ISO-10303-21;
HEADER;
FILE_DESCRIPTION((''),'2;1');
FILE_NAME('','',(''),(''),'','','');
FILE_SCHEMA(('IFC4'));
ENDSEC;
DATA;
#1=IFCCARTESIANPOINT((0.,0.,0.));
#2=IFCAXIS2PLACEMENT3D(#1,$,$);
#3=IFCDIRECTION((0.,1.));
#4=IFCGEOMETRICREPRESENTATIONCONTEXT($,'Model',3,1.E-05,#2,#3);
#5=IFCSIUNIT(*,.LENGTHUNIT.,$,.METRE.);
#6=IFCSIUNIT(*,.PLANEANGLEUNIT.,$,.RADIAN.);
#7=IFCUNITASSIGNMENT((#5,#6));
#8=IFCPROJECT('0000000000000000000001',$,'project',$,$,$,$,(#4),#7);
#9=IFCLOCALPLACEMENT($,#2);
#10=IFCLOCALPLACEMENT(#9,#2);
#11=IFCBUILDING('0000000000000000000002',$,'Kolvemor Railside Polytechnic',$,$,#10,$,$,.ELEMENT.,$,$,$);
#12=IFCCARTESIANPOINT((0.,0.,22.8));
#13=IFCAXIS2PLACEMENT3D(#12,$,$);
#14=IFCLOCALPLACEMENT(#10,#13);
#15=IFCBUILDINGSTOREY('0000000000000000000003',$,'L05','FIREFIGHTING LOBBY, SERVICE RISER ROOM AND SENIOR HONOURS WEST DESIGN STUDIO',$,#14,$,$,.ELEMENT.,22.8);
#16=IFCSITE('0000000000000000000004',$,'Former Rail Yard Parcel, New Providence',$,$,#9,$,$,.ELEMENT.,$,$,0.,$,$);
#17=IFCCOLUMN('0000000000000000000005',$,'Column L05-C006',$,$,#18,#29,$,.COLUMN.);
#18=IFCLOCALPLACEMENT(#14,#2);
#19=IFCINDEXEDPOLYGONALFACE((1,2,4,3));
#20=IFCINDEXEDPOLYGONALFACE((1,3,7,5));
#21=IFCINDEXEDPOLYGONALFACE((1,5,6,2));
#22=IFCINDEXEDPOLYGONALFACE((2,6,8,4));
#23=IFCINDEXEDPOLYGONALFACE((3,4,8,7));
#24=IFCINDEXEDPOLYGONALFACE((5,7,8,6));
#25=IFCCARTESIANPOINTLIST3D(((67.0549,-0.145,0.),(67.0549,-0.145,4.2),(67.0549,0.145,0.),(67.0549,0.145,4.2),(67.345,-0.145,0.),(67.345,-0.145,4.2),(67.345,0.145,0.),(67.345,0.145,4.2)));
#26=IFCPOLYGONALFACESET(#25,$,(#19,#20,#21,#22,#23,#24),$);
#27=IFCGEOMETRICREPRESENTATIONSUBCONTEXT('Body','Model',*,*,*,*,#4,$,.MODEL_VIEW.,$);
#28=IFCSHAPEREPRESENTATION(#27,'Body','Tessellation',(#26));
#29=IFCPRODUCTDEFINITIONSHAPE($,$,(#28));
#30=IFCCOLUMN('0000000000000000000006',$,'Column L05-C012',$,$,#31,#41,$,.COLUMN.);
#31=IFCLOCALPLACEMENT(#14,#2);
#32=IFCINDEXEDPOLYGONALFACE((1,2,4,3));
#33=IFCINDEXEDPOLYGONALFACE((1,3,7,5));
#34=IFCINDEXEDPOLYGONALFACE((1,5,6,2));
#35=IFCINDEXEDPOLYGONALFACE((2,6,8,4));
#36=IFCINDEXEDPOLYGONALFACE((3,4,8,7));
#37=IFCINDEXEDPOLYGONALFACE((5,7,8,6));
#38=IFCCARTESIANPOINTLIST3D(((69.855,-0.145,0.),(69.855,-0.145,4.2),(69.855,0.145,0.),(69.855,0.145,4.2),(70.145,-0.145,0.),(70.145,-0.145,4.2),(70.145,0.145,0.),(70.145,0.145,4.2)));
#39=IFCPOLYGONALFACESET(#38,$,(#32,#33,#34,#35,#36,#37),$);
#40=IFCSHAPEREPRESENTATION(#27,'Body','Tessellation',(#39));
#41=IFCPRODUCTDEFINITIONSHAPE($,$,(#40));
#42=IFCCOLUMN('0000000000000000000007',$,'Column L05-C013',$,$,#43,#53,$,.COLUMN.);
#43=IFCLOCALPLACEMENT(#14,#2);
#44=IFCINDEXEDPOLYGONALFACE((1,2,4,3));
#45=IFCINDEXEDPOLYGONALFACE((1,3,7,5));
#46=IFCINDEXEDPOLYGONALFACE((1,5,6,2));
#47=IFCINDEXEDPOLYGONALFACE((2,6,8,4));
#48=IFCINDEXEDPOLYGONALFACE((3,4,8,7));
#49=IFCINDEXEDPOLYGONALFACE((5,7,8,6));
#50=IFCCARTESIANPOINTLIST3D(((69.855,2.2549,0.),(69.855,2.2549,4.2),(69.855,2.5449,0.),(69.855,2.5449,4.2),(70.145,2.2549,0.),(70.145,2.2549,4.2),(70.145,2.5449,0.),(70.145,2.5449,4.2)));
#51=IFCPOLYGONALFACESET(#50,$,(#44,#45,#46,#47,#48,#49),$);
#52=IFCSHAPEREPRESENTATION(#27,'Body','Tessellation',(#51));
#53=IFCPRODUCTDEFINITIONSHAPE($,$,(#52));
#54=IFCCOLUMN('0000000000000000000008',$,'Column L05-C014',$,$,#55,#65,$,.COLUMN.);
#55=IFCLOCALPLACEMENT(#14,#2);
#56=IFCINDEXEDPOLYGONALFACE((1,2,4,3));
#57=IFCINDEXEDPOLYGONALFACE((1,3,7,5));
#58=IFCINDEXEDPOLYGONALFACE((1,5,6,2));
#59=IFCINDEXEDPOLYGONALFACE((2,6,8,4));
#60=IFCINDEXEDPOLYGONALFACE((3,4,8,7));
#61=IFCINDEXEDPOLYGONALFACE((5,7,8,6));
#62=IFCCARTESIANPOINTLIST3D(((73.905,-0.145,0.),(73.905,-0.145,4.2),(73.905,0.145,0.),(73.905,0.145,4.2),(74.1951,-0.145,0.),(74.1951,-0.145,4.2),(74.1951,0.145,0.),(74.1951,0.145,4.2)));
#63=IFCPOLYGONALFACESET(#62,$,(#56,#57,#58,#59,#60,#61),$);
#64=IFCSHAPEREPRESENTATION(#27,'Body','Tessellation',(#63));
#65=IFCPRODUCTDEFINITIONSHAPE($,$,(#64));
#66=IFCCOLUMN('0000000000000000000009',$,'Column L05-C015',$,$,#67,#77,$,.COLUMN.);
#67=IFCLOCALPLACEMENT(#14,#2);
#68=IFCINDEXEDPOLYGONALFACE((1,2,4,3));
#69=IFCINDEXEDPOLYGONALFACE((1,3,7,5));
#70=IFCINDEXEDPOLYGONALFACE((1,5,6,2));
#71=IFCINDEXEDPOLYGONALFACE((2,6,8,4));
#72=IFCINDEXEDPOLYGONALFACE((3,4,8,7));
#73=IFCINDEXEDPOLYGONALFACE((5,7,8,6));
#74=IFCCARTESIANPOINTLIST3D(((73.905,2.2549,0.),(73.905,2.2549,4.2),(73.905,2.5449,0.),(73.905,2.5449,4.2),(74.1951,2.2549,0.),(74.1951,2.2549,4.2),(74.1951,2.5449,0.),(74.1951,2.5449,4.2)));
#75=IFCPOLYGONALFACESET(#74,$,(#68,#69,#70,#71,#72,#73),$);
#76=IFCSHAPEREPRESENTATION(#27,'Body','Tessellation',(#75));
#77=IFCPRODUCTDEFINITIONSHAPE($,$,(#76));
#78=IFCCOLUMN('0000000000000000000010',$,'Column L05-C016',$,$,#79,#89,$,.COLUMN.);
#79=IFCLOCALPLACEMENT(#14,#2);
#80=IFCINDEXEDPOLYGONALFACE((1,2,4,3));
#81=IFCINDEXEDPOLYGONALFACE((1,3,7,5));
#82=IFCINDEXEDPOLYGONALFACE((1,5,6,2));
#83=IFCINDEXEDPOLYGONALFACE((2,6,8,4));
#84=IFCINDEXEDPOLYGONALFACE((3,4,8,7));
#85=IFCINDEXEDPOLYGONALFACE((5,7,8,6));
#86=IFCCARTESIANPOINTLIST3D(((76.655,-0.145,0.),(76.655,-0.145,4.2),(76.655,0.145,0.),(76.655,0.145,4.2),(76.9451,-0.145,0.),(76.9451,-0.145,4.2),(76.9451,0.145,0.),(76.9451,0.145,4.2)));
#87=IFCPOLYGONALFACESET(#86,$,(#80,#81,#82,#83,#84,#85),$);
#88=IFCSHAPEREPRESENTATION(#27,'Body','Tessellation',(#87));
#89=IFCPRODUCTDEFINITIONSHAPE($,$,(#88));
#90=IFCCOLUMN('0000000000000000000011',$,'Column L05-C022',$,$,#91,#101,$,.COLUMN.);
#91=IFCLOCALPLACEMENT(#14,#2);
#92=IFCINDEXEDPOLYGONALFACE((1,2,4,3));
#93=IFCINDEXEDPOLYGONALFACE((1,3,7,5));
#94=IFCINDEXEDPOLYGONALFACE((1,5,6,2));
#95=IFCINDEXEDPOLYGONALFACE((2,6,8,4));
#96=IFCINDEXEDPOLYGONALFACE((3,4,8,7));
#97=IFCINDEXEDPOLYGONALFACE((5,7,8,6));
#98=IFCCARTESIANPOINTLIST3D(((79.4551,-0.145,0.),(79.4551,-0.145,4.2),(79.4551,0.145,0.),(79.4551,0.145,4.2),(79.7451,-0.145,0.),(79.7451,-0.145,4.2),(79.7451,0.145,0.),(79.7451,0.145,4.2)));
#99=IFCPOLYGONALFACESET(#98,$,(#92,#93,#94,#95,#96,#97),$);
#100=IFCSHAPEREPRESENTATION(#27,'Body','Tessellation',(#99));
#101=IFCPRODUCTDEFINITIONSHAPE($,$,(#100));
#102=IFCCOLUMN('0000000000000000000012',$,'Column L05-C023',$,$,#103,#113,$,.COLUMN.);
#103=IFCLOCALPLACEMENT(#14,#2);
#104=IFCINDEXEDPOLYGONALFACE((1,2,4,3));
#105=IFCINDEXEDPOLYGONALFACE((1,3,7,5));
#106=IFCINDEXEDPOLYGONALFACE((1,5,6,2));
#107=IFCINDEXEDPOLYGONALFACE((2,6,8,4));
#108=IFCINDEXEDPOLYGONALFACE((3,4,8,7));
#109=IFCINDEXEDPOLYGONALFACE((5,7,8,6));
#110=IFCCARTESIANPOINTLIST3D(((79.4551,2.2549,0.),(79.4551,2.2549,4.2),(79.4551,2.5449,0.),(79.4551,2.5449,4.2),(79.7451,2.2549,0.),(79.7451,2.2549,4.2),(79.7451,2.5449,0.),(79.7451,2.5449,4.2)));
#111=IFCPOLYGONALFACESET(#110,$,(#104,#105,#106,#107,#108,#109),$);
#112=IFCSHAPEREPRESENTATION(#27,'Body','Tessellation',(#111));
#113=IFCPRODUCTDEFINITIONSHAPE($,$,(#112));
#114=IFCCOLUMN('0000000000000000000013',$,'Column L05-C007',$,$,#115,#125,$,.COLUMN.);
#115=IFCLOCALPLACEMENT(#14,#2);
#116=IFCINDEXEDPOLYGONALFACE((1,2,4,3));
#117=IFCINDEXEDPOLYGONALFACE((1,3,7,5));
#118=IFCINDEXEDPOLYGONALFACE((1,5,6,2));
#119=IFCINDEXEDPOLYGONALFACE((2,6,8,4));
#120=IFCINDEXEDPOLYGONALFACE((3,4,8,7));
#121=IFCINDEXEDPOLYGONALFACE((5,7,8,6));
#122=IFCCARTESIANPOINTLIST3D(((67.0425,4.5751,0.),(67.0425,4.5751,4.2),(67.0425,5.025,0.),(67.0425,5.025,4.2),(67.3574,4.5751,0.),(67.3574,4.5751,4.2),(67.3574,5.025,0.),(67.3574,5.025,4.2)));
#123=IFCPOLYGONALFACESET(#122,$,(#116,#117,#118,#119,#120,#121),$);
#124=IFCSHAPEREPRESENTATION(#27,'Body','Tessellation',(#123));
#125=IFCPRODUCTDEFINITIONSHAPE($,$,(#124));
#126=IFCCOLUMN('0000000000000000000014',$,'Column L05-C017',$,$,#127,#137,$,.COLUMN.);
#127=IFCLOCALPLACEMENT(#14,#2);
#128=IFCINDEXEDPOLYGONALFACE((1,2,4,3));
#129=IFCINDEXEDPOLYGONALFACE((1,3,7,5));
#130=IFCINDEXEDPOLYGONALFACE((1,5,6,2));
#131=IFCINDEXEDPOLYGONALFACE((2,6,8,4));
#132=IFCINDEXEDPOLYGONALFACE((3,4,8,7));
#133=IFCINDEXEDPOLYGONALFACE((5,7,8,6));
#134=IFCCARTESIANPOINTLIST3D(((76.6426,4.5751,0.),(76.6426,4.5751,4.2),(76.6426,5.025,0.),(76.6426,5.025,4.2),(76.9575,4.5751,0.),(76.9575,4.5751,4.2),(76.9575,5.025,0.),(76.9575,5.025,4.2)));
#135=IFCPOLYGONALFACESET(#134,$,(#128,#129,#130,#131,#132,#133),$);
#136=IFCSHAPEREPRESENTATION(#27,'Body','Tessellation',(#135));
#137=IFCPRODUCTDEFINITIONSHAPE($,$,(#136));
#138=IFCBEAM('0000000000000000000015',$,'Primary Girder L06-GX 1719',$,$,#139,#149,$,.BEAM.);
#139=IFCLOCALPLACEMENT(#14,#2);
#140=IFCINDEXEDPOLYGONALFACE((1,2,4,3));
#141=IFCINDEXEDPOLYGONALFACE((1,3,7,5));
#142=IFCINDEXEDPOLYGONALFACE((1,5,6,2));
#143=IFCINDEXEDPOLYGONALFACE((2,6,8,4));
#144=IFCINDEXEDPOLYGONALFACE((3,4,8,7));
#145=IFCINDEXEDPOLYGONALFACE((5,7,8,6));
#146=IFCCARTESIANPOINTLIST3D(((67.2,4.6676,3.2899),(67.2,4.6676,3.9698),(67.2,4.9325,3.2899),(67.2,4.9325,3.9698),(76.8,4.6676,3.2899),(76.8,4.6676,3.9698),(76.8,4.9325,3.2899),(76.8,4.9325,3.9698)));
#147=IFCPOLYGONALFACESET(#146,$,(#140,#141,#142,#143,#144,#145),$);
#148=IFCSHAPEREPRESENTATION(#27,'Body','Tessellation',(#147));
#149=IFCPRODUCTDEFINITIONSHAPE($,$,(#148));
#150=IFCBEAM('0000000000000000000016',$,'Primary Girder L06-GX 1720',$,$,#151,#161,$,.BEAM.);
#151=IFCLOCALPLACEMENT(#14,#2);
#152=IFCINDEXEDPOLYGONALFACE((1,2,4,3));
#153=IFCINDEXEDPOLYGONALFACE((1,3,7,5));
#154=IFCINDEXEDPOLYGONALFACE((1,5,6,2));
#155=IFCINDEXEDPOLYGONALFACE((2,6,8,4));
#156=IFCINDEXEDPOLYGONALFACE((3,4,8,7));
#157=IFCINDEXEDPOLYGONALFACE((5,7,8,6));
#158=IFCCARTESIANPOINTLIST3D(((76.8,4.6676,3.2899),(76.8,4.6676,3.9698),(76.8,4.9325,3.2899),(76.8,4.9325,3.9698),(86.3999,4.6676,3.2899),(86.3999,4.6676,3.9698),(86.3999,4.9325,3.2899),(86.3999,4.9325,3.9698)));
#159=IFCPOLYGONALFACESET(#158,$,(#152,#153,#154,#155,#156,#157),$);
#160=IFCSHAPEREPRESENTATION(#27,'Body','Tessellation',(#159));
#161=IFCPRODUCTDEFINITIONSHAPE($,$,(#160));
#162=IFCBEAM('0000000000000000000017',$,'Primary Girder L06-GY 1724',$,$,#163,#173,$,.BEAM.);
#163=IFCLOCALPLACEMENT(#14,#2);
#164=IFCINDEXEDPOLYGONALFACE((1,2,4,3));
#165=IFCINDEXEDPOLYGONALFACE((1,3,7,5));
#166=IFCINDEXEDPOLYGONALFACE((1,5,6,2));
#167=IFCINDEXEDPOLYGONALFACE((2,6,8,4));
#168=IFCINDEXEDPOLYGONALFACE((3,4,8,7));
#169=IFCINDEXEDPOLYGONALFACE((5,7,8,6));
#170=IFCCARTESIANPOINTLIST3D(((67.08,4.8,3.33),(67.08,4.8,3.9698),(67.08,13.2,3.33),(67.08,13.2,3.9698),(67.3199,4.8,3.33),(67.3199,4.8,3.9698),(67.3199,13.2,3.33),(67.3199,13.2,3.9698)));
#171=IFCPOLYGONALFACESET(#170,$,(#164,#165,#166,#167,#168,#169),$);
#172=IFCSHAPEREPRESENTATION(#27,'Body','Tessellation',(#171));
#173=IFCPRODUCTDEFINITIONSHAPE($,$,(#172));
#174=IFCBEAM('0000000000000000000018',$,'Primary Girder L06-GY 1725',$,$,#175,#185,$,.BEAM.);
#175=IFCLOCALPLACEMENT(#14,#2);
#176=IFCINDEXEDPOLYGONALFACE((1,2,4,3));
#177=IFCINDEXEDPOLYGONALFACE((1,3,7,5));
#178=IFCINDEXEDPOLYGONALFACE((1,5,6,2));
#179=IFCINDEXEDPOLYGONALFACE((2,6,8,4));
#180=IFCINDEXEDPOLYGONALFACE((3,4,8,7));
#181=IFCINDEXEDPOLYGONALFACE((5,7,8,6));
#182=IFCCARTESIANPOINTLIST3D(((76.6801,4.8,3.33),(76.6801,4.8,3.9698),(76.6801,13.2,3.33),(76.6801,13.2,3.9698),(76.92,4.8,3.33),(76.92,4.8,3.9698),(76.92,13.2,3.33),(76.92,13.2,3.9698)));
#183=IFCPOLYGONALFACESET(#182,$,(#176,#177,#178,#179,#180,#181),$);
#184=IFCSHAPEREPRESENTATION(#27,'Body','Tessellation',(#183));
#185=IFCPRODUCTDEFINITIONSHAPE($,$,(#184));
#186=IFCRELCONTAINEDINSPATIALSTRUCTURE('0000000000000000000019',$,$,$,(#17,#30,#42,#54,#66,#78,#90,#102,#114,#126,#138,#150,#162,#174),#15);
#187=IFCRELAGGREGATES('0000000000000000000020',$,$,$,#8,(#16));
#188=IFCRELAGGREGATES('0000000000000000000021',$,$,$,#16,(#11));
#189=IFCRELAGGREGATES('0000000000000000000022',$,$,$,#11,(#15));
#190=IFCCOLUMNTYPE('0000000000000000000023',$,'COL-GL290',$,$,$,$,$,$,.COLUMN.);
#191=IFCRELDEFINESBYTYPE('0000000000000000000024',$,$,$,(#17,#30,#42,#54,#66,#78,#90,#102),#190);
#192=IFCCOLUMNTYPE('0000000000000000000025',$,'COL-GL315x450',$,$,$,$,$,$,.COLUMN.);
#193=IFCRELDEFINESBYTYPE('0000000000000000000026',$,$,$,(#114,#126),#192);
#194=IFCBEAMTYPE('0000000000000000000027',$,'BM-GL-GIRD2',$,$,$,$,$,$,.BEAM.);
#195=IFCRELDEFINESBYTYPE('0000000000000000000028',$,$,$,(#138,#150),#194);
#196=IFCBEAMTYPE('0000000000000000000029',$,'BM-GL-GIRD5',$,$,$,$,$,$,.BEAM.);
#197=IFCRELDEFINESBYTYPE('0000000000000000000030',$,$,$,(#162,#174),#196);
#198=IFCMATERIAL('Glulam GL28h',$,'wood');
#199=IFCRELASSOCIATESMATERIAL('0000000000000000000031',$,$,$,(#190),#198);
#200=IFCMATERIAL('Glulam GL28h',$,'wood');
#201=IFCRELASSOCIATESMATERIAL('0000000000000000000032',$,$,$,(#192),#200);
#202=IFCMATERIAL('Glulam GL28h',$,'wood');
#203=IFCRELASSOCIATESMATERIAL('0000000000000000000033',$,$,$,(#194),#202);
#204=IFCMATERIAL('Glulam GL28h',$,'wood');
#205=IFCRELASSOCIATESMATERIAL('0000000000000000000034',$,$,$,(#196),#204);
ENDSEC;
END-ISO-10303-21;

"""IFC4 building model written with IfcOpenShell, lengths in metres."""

from ifc_helpers import new_model, si_unit, direction, frame, origin, origin_2d, place, context, subcontext, project, spatial, rectangle, extrude, material, material_profile, profile_set, type_object, element, save


model = new_model("IFC4")

# Units and contexts
model_context = context("Model", 3, precision=1e-05, world=origin(), true_north=direction((0.0, 1.0)))
body_context = subcontext(model_context, "Body", "Model", "MODEL_VIEW")
ifc_project = project(units=[si_unit("LENGTHUNIT", "METRE"), si_unit("PLANEANGLEUNIT", "RADIAN")], contexts=[model_context])

# Site, building, storey
site_placement = place(None, origin())
site = spatial("IfcSite", under=ifc_project, at=site_placement, Name="Former Rail Yard Parcel, New Providence", CompositionType="ELEMENT", RefElevation=0.0)
building_placement = place(site_placement, origin())
building = spatial("IfcBuilding", under=site, at=building_placement, Name="Kolvemor Railside Polytechnic", CompositionType="ELEMENT")
storey_placement = place(building_placement, frame((0.0, 0.0, 22.8)))
storey = spatial("IfcBuildingStorey", under=building, at=storey_placement, Name="L05", Description="FIREFIGHTING LOBBY, SERVICE RISER ROOM AND SENIOR HONOURS WEST DESIGN STUDIO", CompositionType="ELEMENT", Elevation=22.8)

# Columns
ifc_material_1 = material(Name="Glulam GL28h", Category="wood")
ifc_material_profile_1 = material_profile(ifc_material_1, rectangle(XDim=0.29, YDim=0.29, at=origin_2d()), Name="GL290x290")
ifc_profile_set_1 = profile_set([ifc_material_profile_1], Name="Glulam GL28h")
column_type_1 = type_object("IfcColumnType", Name="COL-GL290", PredefinedType="COLUMN", material=ifc_profile_set_1)
for number, where, z_axis, x_axis, name in (
    (1, (67.2, 0.0, 0.0), (0.0, 0.0, 1.0), (1.0, 0.0, 0.0), "Column L05-C006"),
    (2, (70.0, 0.0, 0.0), (0.0, 0.0, 1.0), (1.0, 0.0, 0.0), "Column L05-C012"),
    (3, (70.0, 2.3999, 0.0), (0.0, 0.0, 1.0), (1.0, 0.0, 0.0), "Column L05-C013"),
    (4, (74.05, 0.0, 0.0), (0.0, 0.0, 1.0), (1.0, 0.0, 0.0), "Column L05-C014"),
    (5, (74.05, 2.3999, 0.0), (0.0, 0.0, 1.0), (1.0, 0.0, 0.0), "Column L05-C015"),
    (6, (76.8, 0.0, 0.0), (0.0, 0.0, 1.0), (1.0, 0.0, 0.0), "Column L05-C016"),
    (7, (79.6001, 0.0, 0.0), (0.0, 0.0, 1.0), (1.0, 0.0, 0.0), "Column L05-C022"),
    (8, (79.6001, 2.3999, 0.0), (0.0, 0.0, 1.0), (1.0, 0.0, 0.0), "Column L05-C023"),
):
    element("IfcColumn", number, at=place(storey_placement, frame(where, z_axis=z_axis, x_axis=x_axis)), inside=storey, type_object=column_type_1, Name=name, PredefinedType="COLUMN", context=body_context, shape_type="SweptSolid", body=[
        extrude(rectangle(XDim=0.29, YDim=0.29, at=origin_2d()), origin(), (0.0, 0.0, 1.0), 4.2),
    ])
ifc_material_2 = material(Name="Glulam GL28h", Category="wood")
ifc_material_profile_2 = material_profile(ifc_material_2, rectangle(XDim=0.3149, YDim=0.45, at=origin_2d()), Name="GL315x450")
ifc_profile_set_2 = profile_set([ifc_material_profile_2], Name="Glulam GL28h")
column_type_2 = type_object("IfcColumnType", Name="COL-GL315x450", PredefinedType="COLUMN", material=ifc_profile_set_2)
for number, where, z_axis, x_axis, name in (
    (9, (67.2, 4.8, 0.0), (0.0, 0.0, 1.0), (1.0, 0.0, 0.0), "Column L05-C007"),
    (10, (76.8, 4.8, 0.0), (0.0, 0.0, 1.0), (1.0, 0.0, 0.0), "Column L05-C017"),
):
    element("IfcColumn", number, at=place(storey_placement, frame(where, z_axis=z_axis, x_axis=x_axis)), inside=storey, type_object=column_type_2, Name=name, PredefinedType="COLUMN", context=body_context, shape_type="SweptSolid", body=[
        extrude(rectangle(XDim=0.3149, YDim=0.45, at=origin_2d()), origin(), (0.0, 0.0, 1.0), 4.2),
    ])

# Beams
ifc_material_3 = material(Name="Glulam GL28h", Category="wood")
ifc_material_profile_3 = material_profile(ifc_material_3, rectangle(XDim=0.2649, YDim=0.6799, at=origin_2d()), Name="GL265x680")
ifc_profile_set_3 = profile_set([ifc_material_profile_3], Name="Glulam GL28h")
beam_type_1 = type_object("IfcBeamType", Name="BM-GL-GIRD2", PredefinedType="BEAM", material=ifc_profile_set_3)
beam_1_placement = place(storey_placement, frame((67.2, 4.8, 3.6299), z_axis=(1.0, 0.0, 0.0), x_axis=(0.0, 1.0, 0.0)))
element("IfcBeam", 11, at=beam_1_placement, inside=storey, type_object=beam_type_1, Name="Primary Girder L06-GX 1719", PredefinedType="BEAM", context=body_context, shape_type="SweptSolid", body=[
    extrude(rectangle(XDim=0.2649, YDim=0.6799, at=origin_2d()), origin(), (0.0, 0.0, 1.0), 9.6001),
])
beam_2_placement = place(storey_placement, frame((76.8, 4.8, 3.6299), z_axis=(1.0, 0.0, 0.0), x_axis=(0.0, 1.0, 0.0)))
element("IfcBeam", 12, at=beam_2_placement, inside=storey, type_object=beam_type_1, Name="Primary Girder L06-GX 1720", PredefinedType="BEAM", context=body_context, shape_type="SweptSolid", body=[
    extrude(rectangle(XDim=0.2649, YDim=0.6799, at=origin_2d()), origin(), (0.0, 0.0, 1.0), 9.5999),
])
ifc_material_4 = material(Name="Glulam GL28h", Category="wood")
ifc_material_profile_4 = material_profile(ifc_material_4, rectangle(XDim=0.24, YDim=0.6399, at=origin_2d()), Name="GL240x640")
ifc_profile_set_4 = profile_set([ifc_material_profile_4], Name="Glulam GL28h")
beam_type_2 = type_object("IfcBeamType", Name="BM-GL-GIRD5", PredefinedType="BEAM", material=ifc_profile_set_4)
for number, where, z_axis, x_axis, name in (
    (13, (67.2, 4.8, 3.6499), (0.0, 1.0, 0.0), (-1.0, 0.0, 0.0), "Primary Girder L06-GY 1724"),
    (14, (76.8, 4.8, 3.6499), (0.0, 1.0, 0.0), (-1.0, 0.0, 0.0), "Primary Girder L06-GY 1725"),
):
    element("IfcBeam", number, at=place(storey_placement, frame(where, z_axis=z_axis, x_axis=x_axis)), inside=storey, type_object=beam_type_2, Name=name, PredefinedType="BEAM", context=body_context, shape_type="SweptSolid", body=[
        extrude(rectangle(XDim=0.24, YDim=0.6399, at=origin_2d()), origin(), (0.0, 0.0, 1.0), 8.3999),
    ])

save(model, "model.ifc")
